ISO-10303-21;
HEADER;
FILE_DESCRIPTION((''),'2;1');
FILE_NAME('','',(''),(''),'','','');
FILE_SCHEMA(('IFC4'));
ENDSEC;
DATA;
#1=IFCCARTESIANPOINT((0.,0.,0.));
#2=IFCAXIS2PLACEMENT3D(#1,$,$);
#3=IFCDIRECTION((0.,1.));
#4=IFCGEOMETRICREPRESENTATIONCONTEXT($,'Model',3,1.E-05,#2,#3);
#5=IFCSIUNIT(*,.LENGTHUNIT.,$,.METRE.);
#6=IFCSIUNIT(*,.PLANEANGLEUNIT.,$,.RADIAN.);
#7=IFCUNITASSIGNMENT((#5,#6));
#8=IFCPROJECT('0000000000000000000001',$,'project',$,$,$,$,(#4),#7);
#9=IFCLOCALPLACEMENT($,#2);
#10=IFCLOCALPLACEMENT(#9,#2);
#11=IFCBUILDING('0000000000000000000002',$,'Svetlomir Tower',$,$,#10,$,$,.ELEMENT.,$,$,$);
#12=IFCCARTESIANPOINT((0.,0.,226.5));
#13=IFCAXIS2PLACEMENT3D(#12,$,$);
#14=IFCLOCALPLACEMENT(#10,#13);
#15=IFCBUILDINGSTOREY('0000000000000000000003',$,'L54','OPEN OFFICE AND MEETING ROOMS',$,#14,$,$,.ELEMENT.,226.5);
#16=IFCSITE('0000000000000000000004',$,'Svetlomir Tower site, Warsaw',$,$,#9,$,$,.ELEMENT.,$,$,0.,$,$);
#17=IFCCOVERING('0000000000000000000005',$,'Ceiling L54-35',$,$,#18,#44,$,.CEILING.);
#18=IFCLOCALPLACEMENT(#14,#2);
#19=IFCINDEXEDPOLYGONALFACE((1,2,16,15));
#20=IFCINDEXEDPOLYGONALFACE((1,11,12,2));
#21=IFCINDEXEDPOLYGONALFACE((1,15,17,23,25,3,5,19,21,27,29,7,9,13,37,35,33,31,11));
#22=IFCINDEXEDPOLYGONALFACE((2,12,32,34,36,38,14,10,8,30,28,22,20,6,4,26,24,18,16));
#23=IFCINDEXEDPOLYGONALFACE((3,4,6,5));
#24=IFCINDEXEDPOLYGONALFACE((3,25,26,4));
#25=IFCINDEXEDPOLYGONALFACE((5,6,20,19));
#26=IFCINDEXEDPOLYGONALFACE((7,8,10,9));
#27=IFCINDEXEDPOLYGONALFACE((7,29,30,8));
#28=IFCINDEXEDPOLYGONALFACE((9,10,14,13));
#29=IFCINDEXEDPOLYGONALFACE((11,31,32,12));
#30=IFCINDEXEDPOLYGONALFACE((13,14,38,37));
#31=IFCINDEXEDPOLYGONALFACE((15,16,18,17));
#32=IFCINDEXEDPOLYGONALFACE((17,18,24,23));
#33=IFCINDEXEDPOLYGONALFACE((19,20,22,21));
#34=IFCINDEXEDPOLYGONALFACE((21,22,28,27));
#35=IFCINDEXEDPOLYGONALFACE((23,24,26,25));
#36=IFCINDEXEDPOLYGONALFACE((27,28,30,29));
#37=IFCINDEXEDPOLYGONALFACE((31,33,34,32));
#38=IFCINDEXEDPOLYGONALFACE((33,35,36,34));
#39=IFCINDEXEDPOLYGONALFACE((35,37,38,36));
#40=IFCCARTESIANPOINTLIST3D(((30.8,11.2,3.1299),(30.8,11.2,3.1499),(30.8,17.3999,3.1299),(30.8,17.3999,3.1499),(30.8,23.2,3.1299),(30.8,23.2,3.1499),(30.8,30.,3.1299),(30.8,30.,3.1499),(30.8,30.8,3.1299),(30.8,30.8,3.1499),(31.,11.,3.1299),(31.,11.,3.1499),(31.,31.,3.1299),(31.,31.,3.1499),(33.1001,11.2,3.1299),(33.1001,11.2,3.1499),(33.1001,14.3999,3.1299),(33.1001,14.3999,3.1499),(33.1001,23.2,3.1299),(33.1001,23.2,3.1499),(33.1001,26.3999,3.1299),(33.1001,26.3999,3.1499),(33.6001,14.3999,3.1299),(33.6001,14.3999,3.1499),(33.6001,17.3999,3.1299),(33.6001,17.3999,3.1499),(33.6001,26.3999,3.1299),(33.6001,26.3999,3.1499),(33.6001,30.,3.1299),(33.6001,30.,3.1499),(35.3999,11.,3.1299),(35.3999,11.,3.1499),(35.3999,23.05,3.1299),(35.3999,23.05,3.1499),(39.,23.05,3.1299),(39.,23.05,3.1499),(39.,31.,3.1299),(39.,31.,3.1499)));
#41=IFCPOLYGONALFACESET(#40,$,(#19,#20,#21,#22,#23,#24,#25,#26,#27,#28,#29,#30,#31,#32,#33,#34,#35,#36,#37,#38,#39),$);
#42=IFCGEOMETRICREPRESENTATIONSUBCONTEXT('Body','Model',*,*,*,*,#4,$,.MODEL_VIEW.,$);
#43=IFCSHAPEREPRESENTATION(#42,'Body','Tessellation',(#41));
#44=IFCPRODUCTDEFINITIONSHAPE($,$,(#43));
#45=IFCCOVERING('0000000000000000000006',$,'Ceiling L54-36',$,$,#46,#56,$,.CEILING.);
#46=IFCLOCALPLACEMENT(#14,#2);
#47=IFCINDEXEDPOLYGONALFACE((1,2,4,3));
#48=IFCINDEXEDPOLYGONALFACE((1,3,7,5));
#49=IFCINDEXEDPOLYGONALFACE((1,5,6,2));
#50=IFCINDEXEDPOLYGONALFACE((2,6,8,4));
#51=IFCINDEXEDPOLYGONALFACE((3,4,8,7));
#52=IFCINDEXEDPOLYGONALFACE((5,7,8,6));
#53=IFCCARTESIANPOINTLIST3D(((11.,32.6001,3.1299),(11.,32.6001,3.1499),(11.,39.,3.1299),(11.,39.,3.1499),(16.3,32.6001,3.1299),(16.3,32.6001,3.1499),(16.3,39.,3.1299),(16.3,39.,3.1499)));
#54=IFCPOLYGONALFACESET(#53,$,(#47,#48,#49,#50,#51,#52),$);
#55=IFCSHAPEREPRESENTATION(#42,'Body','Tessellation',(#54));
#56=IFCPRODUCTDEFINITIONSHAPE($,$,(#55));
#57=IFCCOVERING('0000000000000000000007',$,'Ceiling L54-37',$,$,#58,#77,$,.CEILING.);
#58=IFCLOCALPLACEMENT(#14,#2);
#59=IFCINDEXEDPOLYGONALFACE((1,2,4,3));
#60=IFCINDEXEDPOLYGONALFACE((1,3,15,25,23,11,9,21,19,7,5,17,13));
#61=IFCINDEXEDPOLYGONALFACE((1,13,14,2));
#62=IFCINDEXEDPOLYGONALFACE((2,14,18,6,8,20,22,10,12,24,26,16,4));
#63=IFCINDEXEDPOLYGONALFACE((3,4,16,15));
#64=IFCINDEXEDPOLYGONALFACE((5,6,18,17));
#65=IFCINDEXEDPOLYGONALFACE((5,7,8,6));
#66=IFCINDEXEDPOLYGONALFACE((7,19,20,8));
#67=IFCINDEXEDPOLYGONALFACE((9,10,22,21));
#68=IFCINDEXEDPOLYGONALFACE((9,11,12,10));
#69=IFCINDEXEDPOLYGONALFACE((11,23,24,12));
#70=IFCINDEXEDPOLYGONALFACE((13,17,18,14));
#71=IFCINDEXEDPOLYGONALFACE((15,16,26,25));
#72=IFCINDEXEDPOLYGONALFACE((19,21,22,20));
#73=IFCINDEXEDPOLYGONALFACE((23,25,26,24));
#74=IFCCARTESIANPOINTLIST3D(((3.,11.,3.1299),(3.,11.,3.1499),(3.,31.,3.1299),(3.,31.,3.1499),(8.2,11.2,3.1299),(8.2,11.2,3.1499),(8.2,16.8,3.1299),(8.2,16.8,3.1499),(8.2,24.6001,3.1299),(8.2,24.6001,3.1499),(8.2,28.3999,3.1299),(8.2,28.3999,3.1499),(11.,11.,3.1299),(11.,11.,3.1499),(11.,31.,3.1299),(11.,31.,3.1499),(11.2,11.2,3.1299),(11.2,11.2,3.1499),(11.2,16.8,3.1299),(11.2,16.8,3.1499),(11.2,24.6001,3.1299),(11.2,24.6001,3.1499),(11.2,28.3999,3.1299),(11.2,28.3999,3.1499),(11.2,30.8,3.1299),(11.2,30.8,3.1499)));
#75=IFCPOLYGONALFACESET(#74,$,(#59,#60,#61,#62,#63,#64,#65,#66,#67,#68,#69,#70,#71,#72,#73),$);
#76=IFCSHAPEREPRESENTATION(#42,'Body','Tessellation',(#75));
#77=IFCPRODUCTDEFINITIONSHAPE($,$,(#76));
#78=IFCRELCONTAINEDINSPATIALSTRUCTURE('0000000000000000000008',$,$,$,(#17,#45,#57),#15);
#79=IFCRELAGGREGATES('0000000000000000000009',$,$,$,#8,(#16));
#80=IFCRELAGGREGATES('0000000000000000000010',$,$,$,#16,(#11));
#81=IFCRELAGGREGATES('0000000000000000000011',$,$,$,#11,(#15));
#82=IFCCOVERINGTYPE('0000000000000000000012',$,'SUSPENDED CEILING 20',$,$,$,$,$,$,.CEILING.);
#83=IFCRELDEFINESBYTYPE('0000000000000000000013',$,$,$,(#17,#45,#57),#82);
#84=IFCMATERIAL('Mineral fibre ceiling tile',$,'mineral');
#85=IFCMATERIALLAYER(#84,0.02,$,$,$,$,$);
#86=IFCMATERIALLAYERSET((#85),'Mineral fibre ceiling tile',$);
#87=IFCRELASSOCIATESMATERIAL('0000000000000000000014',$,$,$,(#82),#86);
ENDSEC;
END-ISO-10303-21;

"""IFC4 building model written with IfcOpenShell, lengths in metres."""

from ifc_helpers import new_model, si_unit, direction, frame, origin, place, context, subcontext, project, spatial, polyline, outline, extrude, material, layer, layer_set, type_object, element, save


model = new_model("IFC4")

# Units and contexts
model_context = context("Model", 3, precision=1e-05, world=origin(), true_north=direction((0.0, 1.0)))
body_context = subcontext(model_context, "Body", "Model", "MODEL_VIEW")
ifc_project = project(units=[si_unit("LENGTHUNIT", "METRE"), si_unit("PLANEANGLEUNIT", "RADIAN")], contexts=[model_context])

# Site, building, storey
site_placement = place(None, origin())
site = spatial("IfcSite", under=ifc_project, at=site_placement, Name="Svetlomir Tower site, Warsaw", CompositionType="ELEMENT", RefElevation=0.0)
building_placement = place(site_placement, origin())
building = spatial("IfcBuilding", under=site, at=building_placement, Name="Svetlomir Tower", CompositionType="ELEMENT")
storey_placement = place(building_placement, frame((0.0, 0.0, 226.5)))
storey = spatial("IfcBuildingStorey", under=building, at=storey_placement, Name="L54", Description="OPEN OFFICE AND MEETING ROOMS", CompositionType="ELEMENT", Elevation=226.5)

# Coverings
ifc_material_1 = material(Name="Mineral fibre ceiling tile", Category="mineral")
ifc_layer_1 = layer(ifc_material_1, 0.02)
ifc_layer_set_1 = layer_set([ifc_layer_1], Name="Mineral fibre ceiling tile")
covering_type_1 = type_object("IfcCoveringType", Name="SUSPENDED CEILING 20", PredefinedType="CEILING", material=ifc_layer_set_1)
covering_1_placement = place(storey_placement, frame((0.0, 0.0, 3.1299)))
element("IfcCovering", 1, at=covering_1_placement, inside=storey, type_object=covering_type_1, Name="Ceiling L54-35", PredefinedType="CEILING", context=body_context, shape_type="SweptSolid", body=[
    extrude(outline(polyline([(30.8, 23.2), (33.1001, 23.2), (33.1001, 26.3999), (33.6001, 26.3999), (33.6001, 30.0), (30.8, 30.0), (30.8, 30.8), (31.0, 31.0), (39.0, 31.0), (39.0, 23.05), (35.3999, 23.05), (35.3999, 11.0), (31.0, 11.0), (30.8, 11.2), (33.1001, 11.2), (33.1001, 14.3999), (33.6001, 14.3999), (33.6001, 17.3999), (30.8, 17.3999), (30.8, 23.2)])), origin(), (0.0, 0.0, 1.0), 0.02),
])
covering_2_placement = place(storey_placement, frame((0.0, 0.0, 3.1299)))
element("IfcCovering", 2, at=covering_2_placement, inside=storey, type_object=covering_type_1, Name="Ceiling L54-36", PredefinedType="CEILING", context=body_context, shape_type="SweptSolid", body=[
    extrude(outline(polyline([(16.3, 39.0), (16.3, 32.6001), (11.0, 32.6001), (11.0, 39.0), (16.3, 39.0)])), origin(), (0.0, 0.0, 1.0), 0.02),
])
covering_3_placement = place(storey_placement, frame((0.0, 0.0, 3.1299)))
element("IfcCovering", 3, at=covering_3_placement, inside=storey, type_object=covering_type_1, Name="Ceiling L54-37", PredefinedType="CEILING", context=body_context, shape_type="SweptSolid", body=[
    extrude(outline(polyline([(3.0, 31.0), (11.0, 31.0), (11.2, 30.8), (11.2, 28.3999), (8.2, 28.3999), (8.2, 24.6001), (11.2, 24.6001), (11.2, 16.8), (8.2, 16.8), (8.2, 11.2), (11.2, 11.2), (11.0, 11.0), (3.0, 11.0), (3.0, 31.0)])), origin(), (0.0, 0.0, 1.0), 0.02),
])

save(model, "model.ifc")
